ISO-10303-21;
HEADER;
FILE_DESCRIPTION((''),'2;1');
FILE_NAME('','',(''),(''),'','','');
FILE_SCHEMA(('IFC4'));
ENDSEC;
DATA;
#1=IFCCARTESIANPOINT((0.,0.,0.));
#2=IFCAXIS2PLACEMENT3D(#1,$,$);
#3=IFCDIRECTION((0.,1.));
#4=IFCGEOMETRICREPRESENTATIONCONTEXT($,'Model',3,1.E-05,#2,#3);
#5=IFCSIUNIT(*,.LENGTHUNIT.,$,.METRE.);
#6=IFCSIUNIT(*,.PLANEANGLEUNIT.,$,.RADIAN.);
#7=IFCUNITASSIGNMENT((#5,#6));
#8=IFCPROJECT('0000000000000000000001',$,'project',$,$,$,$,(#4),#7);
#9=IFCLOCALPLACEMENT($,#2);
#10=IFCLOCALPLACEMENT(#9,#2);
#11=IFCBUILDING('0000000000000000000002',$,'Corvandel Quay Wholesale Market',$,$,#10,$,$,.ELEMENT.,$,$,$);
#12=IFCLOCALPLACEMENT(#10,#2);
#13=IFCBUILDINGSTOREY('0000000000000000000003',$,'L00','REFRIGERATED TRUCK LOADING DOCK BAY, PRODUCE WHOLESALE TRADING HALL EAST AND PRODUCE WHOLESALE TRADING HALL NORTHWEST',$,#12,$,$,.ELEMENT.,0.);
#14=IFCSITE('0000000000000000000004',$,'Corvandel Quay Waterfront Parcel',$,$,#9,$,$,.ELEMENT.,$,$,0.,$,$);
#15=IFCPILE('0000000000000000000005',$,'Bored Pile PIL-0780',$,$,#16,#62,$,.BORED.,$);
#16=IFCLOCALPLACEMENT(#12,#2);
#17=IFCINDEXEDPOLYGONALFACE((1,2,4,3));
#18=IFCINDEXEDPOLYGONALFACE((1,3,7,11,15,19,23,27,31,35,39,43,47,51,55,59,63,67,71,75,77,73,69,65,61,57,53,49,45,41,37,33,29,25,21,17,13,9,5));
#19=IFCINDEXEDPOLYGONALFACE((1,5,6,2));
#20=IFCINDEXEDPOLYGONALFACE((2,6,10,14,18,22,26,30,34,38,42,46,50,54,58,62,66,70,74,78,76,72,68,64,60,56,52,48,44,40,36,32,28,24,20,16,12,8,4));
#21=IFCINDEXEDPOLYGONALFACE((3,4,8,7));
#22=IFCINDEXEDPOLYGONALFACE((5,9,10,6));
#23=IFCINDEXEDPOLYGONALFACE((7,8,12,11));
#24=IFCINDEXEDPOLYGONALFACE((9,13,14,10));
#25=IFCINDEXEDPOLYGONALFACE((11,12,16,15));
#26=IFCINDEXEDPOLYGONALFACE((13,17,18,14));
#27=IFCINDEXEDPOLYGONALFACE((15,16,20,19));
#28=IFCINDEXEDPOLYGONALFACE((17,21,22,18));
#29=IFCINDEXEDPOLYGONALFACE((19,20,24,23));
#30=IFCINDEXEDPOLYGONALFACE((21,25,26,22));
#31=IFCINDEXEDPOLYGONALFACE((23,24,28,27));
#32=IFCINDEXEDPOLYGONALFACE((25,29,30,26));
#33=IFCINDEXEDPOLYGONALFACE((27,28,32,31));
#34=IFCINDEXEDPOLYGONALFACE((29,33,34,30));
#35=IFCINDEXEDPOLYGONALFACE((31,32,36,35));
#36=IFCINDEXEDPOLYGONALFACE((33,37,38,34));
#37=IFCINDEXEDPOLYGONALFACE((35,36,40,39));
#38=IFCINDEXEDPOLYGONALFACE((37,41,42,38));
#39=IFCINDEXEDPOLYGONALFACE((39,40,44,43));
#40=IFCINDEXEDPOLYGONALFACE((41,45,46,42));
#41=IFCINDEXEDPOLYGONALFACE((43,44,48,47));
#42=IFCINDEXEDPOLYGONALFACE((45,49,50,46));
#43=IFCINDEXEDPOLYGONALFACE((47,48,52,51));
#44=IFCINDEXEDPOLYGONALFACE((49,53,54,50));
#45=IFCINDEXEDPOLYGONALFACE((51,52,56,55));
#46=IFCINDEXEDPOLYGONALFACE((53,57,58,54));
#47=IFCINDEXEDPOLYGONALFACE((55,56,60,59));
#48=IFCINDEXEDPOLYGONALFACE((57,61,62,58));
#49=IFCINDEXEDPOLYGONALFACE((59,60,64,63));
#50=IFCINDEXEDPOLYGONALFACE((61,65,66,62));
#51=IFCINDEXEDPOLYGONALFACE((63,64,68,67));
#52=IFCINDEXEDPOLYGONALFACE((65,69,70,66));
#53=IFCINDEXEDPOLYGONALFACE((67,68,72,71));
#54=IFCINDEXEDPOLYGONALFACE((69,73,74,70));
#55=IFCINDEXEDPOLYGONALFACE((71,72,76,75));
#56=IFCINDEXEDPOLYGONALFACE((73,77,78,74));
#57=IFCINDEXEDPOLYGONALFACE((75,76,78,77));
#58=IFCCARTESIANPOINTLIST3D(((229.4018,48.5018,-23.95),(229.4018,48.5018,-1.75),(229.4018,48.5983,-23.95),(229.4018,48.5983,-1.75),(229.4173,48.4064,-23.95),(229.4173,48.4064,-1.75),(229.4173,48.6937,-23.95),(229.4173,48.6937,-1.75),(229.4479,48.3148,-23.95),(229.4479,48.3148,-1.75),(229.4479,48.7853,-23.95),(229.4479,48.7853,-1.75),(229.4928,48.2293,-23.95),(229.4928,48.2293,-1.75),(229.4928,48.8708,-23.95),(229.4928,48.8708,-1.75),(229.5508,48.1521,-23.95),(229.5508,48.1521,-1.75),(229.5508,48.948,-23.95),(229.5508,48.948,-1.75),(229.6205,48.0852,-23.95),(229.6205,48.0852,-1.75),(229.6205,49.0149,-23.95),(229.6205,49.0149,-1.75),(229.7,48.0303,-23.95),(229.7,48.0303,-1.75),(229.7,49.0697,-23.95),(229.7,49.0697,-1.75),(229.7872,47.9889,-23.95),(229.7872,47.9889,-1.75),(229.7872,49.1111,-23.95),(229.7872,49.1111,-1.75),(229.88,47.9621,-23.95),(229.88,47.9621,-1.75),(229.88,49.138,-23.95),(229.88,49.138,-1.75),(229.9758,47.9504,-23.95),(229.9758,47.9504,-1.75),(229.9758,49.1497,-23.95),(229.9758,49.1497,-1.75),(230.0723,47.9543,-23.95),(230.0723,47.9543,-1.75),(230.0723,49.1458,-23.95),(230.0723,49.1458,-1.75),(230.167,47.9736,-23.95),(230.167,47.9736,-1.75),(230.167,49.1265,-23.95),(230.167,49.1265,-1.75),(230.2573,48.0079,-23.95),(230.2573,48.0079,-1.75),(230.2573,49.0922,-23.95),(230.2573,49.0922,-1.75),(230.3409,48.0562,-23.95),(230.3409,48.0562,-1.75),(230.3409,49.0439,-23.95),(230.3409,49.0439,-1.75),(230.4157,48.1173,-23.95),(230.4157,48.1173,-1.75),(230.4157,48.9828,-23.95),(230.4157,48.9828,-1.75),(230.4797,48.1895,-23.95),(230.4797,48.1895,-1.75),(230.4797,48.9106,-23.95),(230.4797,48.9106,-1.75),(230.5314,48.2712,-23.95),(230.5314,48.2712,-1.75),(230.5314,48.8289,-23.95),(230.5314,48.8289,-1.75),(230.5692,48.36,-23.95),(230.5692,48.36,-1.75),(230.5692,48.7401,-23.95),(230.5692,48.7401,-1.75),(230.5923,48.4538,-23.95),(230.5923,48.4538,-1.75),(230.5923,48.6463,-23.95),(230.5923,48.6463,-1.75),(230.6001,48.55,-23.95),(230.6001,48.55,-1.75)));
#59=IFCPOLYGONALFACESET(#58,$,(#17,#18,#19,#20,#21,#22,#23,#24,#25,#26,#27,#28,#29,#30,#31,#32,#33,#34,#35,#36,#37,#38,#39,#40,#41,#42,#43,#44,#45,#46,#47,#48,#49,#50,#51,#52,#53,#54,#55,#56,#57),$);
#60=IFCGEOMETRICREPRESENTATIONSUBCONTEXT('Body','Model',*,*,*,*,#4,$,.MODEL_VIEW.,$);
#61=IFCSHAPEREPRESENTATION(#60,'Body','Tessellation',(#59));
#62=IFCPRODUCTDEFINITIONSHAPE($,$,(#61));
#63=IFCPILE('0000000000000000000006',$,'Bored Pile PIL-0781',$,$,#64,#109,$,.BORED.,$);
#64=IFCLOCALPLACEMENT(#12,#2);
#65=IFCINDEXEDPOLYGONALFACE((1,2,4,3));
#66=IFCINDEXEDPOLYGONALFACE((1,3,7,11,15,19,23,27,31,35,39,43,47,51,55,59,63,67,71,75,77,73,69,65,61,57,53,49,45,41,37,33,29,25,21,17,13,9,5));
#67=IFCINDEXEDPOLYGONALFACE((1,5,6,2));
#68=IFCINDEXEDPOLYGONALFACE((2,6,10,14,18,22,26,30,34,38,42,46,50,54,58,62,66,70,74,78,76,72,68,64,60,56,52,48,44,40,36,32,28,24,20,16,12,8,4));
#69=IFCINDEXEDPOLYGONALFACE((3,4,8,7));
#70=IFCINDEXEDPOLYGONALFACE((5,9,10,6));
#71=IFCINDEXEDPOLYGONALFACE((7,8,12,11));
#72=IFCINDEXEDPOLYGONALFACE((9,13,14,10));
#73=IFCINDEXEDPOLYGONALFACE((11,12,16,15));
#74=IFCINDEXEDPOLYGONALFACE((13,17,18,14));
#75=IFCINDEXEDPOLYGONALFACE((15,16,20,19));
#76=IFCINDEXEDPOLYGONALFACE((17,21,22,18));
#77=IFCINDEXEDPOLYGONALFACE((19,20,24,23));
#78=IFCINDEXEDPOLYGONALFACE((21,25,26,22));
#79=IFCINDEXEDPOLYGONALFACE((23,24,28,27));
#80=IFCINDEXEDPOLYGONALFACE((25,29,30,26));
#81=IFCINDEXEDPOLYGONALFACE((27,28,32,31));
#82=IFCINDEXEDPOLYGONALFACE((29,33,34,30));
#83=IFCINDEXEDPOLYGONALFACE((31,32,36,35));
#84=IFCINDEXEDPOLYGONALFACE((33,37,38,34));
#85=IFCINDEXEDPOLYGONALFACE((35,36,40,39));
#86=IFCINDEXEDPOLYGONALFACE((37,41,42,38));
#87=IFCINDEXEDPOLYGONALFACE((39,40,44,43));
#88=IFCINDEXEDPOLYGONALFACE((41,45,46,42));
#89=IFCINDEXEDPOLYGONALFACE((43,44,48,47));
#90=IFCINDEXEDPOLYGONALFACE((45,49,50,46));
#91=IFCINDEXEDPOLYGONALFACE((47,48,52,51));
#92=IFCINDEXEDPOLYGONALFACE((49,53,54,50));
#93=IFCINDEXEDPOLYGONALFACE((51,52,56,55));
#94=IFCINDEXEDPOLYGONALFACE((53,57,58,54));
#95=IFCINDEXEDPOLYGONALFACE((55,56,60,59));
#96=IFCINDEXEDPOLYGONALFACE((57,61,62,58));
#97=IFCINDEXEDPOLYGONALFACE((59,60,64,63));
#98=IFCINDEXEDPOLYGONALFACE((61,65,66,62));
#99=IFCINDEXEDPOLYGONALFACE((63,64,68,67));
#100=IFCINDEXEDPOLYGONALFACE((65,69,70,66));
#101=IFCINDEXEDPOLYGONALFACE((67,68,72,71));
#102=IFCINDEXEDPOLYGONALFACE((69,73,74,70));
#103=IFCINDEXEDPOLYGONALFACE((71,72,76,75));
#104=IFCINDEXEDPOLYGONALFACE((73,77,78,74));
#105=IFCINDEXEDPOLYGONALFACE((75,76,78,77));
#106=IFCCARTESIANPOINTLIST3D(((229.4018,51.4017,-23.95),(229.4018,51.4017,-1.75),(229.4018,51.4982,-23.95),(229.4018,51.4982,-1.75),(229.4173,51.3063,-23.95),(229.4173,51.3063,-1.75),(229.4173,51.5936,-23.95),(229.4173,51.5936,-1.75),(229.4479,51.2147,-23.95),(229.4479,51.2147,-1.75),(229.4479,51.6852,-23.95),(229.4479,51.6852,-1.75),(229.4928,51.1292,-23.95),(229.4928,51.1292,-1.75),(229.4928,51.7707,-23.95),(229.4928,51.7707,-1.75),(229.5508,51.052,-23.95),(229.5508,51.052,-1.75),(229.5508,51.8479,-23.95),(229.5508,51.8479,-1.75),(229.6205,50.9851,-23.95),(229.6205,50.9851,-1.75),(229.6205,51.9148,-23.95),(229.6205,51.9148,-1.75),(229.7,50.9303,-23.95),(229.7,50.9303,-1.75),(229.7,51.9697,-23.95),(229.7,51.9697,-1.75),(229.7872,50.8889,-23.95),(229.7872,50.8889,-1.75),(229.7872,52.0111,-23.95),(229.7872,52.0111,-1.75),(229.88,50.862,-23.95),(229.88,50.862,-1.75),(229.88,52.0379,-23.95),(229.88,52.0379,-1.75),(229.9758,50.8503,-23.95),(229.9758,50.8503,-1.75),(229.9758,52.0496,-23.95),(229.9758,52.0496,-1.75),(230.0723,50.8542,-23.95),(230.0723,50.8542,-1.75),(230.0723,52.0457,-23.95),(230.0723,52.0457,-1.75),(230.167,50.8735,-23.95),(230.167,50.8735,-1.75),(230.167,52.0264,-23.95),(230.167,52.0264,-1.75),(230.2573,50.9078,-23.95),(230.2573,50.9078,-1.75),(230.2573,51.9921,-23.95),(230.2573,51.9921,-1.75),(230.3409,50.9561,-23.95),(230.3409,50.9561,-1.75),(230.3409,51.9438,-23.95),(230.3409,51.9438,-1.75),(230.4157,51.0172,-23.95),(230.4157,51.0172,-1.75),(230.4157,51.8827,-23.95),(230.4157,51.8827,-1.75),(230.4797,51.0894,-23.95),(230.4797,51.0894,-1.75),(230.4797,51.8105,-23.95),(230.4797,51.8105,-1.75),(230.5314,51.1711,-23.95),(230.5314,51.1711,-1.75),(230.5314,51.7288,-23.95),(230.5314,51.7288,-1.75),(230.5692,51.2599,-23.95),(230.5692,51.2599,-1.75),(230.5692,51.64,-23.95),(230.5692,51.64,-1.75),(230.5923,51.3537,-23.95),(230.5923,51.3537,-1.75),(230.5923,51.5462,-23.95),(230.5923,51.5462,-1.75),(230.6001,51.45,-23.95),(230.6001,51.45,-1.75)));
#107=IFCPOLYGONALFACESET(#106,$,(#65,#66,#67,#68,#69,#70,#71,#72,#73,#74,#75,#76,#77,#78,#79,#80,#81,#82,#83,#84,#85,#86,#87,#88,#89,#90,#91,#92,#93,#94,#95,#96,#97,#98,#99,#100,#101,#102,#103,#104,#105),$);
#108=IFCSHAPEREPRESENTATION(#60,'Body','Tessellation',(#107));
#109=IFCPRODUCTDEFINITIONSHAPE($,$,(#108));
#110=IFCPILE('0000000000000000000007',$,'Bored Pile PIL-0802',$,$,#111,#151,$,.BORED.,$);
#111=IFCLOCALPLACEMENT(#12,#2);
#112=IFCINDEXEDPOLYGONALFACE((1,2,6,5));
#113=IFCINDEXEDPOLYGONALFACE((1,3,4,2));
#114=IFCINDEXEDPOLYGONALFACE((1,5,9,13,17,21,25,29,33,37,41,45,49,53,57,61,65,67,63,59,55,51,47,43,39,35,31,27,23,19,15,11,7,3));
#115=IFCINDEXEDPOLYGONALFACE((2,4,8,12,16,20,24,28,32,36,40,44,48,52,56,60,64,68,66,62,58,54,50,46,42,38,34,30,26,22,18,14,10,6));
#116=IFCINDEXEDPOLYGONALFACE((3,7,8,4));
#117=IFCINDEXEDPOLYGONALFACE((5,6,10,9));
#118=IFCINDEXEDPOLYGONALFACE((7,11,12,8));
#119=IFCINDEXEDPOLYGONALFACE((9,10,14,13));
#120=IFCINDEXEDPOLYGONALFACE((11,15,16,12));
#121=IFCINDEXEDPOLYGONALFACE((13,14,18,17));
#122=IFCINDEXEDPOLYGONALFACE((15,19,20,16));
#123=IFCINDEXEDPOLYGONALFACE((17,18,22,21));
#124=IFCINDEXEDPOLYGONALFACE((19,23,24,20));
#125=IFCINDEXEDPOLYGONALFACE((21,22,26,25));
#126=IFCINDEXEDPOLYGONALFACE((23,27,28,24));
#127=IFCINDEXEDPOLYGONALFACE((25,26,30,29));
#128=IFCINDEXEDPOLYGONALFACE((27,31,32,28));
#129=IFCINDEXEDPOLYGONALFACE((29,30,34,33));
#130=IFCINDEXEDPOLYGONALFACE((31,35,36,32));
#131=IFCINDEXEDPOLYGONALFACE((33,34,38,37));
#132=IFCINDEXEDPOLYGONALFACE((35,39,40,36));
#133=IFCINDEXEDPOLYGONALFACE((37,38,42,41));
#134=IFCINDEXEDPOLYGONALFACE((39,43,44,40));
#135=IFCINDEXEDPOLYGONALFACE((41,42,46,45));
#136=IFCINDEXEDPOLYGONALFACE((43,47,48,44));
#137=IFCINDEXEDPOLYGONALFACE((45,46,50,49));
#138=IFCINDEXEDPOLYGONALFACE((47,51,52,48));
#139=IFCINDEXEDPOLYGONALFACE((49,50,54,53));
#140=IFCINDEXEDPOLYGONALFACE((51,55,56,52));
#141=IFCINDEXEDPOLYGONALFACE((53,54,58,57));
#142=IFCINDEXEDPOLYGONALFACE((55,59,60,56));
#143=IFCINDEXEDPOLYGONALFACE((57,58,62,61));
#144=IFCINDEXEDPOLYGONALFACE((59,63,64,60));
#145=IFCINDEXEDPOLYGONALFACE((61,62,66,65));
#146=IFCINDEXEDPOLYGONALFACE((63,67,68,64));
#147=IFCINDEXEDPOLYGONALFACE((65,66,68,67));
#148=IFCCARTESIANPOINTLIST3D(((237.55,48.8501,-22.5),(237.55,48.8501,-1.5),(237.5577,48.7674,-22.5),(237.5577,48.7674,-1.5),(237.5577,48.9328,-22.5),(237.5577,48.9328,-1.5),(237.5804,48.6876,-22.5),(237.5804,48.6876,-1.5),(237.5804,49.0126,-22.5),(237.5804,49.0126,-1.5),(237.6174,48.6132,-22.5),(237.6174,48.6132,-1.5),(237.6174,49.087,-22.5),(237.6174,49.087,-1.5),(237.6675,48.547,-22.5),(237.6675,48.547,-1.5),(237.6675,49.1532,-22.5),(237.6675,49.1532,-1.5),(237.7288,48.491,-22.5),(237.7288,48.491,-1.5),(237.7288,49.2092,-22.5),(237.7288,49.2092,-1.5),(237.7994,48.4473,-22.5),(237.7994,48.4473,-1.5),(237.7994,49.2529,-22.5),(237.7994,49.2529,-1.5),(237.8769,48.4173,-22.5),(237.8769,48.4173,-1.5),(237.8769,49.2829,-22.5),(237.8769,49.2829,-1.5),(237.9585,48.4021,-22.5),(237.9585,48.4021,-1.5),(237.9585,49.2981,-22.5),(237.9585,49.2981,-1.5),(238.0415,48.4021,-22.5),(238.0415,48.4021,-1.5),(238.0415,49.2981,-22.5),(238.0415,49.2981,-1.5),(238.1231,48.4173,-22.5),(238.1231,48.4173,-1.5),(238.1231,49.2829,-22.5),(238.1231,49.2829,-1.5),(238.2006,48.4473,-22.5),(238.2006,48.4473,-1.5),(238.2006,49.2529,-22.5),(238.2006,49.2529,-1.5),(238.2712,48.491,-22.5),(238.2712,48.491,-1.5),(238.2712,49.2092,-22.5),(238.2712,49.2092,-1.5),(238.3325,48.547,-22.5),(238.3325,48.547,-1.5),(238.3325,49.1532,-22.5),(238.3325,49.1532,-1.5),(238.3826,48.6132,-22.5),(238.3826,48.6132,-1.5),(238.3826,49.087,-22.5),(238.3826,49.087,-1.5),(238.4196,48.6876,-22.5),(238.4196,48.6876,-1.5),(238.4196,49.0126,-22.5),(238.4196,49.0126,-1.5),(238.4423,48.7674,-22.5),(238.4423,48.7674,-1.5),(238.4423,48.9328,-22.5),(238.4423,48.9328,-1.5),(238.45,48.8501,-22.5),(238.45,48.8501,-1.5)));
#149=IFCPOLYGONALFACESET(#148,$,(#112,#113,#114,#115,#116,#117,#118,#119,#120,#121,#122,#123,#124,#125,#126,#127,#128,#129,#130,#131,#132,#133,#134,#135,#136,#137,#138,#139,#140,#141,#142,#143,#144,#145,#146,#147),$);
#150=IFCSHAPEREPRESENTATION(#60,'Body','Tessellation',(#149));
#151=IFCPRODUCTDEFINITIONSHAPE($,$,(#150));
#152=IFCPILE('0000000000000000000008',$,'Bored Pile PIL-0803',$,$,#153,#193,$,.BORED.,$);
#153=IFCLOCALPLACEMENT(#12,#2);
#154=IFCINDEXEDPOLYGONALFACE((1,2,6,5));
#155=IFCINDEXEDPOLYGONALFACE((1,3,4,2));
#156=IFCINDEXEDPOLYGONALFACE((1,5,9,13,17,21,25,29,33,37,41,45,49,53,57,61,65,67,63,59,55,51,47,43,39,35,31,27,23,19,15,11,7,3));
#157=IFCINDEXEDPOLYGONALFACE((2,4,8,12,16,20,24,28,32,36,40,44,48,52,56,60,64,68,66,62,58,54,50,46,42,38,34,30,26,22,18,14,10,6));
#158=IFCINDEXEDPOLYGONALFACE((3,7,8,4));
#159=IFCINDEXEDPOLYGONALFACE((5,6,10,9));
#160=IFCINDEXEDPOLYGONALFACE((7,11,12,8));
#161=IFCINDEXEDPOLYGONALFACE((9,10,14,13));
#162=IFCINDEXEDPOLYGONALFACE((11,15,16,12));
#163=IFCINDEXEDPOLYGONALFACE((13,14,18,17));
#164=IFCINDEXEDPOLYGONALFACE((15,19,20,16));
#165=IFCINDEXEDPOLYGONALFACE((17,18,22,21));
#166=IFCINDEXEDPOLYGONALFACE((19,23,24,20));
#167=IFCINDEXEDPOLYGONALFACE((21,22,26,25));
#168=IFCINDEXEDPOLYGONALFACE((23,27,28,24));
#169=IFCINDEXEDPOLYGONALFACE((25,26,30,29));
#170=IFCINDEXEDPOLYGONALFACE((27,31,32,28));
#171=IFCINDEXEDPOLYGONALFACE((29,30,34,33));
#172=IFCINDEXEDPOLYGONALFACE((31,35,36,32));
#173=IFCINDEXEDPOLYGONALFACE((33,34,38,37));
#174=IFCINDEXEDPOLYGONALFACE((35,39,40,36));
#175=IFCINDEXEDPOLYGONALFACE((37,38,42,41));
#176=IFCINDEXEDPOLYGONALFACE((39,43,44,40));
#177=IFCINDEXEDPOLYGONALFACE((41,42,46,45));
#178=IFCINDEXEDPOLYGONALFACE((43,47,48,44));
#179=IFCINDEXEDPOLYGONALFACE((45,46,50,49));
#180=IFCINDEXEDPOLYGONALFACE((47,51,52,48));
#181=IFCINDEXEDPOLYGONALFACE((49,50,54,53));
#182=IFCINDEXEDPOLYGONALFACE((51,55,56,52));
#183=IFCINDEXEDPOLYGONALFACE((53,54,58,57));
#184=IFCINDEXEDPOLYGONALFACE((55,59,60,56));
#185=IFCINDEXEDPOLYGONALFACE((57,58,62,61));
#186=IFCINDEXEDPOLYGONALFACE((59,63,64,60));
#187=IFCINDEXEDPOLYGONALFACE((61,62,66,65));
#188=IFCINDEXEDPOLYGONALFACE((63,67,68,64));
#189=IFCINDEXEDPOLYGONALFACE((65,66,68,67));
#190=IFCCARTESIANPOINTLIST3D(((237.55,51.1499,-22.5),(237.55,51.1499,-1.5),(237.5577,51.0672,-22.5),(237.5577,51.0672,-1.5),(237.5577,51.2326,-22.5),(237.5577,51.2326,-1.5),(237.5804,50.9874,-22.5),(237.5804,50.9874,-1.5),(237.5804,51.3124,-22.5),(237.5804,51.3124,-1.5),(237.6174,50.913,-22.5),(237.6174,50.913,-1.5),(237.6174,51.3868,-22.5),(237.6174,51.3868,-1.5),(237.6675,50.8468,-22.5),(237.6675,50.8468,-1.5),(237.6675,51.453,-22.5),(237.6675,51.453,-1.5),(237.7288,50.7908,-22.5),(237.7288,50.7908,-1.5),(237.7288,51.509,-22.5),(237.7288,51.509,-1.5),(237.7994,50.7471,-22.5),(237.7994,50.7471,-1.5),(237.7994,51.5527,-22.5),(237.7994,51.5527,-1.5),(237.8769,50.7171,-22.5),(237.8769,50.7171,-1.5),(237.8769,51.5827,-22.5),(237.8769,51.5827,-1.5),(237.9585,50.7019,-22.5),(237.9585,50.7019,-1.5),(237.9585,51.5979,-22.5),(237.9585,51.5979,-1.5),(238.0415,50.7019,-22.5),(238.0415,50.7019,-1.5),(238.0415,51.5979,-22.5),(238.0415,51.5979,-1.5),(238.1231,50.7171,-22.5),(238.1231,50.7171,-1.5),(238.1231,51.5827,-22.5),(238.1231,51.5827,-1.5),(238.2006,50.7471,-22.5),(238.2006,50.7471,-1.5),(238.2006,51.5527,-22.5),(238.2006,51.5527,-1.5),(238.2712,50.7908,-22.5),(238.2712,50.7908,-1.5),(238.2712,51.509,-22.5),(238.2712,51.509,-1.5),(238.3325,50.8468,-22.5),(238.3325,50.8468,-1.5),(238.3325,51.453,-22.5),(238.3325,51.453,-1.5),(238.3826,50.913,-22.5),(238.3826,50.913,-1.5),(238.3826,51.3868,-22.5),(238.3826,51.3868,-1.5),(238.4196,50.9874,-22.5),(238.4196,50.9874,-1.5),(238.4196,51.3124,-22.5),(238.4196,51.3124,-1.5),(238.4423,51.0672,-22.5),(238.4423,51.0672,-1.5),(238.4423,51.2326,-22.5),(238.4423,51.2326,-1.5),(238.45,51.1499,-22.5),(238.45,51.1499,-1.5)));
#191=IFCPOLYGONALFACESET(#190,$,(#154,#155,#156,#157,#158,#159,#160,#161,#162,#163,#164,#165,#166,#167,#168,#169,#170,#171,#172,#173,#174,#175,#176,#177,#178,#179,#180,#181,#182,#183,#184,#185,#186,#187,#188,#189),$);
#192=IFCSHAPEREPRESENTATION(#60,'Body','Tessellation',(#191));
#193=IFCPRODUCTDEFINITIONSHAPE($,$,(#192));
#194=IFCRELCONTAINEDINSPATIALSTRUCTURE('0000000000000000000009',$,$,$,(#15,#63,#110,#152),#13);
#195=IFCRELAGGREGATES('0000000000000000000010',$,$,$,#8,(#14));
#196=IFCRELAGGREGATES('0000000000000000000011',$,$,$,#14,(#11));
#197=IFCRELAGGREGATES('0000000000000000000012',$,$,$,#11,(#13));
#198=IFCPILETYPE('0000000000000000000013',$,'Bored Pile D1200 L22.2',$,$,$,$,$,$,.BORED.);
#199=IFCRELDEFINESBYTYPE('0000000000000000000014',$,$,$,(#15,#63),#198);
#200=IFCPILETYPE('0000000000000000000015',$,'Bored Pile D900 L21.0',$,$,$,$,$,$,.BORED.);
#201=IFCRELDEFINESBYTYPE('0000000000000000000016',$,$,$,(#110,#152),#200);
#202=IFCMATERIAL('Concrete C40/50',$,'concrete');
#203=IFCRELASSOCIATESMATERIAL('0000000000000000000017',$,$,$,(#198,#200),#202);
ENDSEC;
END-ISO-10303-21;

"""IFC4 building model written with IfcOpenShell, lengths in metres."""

from ifc_helpers import new_model, si_unit, direction, frame, origin, origin_2d, place, context, subcontext, project, spatial, circle, extrude, material, material_profile, profile_set, type_object, element, save


model = new_model("IFC4")

# Units and contexts
model_context = context("Model", 3, precision=1e-05, world=origin(), true_north=direction((0.0, 1.0)))
body_context = subcontext(model_context, "Body", "Model", "MODEL_VIEW")
ifc_project = project(units=[si_unit("LENGTHUNIT", "METRE"), si_unit("PLANEANGLEUNIT", "RADIAN")], contexts=[model_context])

# Site, building, storey
site_placement = place(None, origin())
site = spatial("IfcSite", under=ifc_project, at=site_placement, Name="Corvandel Quay Waterfront Parcel", CompositionType="ELEMENT", RefElevation=0.0)
building_placement = place(site_placement, origin())
building = spatial("IfcBuilding", under=site, at=building_placement, Name="Corvandel Quay Wholesale Market", CompositionType="ELEMENT")
storey_placement = place(building_placement, origin())
storey = spatial("IfcBuildingStorey", under=building, at=storey_placement, Name="L00", Description="REFRIGERATED TRUCK LOADING DOCK BAY, PRODUCE WHOLESALE TRADING HALL EAST AND PRODUCE WHOLESALE TRADING HALL NORTHWEST", CompositionType="ELEMENT", Elevation=0.0)

# Piles
ifc_material_1 = material(Name="Concrete C40/50", Category="concrete")
ifc_material_profile_1 = material_profile(ifc_material_1, circle(Radius=0.6001, at=origin_2d()), Name="RC-PILE-D1200")
ifc_profile_set_1 = profile_set([ifc_material_profile_1], Name="Concrete C40/50")
pile_type_1 = type_object("IfcPileType", Name="Bored Pile D1200 L22.2", PredefinedType="BORED", material=ifc_profile_set_1)
for number, where, z_axis, x_axis, name in (
    (1, (230.0, 48.55, -1.75), (0.0, 0.0, -1.0), (1.0, 0.0, 0.0), "Bored Pile PIL-0780"),
    (2, (230.0, 51.45, -1.75), (0.0, 0.0, -1.0), (1.0, 0.0, 0.0), "Bored Pile PIL-0781"),
):
    element("IfcPile", number, at=place(storey_placement, frame(where, z_axis=z_axis, x_axis=x_axis)), inside=storey, type_object=pile_type_1, Name=name, PredefinedType="BORED", context=body_context, shape_type="SweptSolid", body=[
        extrude(circle(Radius=0.6001, at=origin_2d()), origin(), (0.0, 0.0, 1.0), 22.2),
    ])
ifc_material_profile_2 = material_profile(ifc_material_1, circle(Radius=0.45, at=origin_2d()), Name="RC-PILE-D900")
ifc_profile_set_2 = profile_set([ifc_material_profile_2], Name="Concrete C40/50")
pile_type_2 = type_object("IfcPileType", Name="Bored Pile D900 L21.0", PredefinedType="BORED", material=ifc_profile_set_2)
for number, where, z_axis, x_axis, name in (
    (3, (238.0, 48.8501, -1.5), (0.0, 0.0, -1.0), (1.0, 0.0, 0.0), "Bored Pile PIL-0802"),
    (4, (238.0, 51.1499, -1.5), (0.0, 0.0, -1.0), (1.0, 0.0, 0.0), "Bored Pile PIL-0803"),
):
    element("IfcPile", number, at=place(storey_placement, frame(where, z_axis=z_axis, x_axis=x_axis)), inside=storey, type_object=pile_type_2, Name=name, PredefinedType="BORED", context=body_context, shape_type="SweptSolid", body=[
        extrude(circle(Radius=0.45, at=origin_2d()), origin(), (0.0, 0.0, 1.0), 21.0),
    ])

save(model, "model.ifc")
